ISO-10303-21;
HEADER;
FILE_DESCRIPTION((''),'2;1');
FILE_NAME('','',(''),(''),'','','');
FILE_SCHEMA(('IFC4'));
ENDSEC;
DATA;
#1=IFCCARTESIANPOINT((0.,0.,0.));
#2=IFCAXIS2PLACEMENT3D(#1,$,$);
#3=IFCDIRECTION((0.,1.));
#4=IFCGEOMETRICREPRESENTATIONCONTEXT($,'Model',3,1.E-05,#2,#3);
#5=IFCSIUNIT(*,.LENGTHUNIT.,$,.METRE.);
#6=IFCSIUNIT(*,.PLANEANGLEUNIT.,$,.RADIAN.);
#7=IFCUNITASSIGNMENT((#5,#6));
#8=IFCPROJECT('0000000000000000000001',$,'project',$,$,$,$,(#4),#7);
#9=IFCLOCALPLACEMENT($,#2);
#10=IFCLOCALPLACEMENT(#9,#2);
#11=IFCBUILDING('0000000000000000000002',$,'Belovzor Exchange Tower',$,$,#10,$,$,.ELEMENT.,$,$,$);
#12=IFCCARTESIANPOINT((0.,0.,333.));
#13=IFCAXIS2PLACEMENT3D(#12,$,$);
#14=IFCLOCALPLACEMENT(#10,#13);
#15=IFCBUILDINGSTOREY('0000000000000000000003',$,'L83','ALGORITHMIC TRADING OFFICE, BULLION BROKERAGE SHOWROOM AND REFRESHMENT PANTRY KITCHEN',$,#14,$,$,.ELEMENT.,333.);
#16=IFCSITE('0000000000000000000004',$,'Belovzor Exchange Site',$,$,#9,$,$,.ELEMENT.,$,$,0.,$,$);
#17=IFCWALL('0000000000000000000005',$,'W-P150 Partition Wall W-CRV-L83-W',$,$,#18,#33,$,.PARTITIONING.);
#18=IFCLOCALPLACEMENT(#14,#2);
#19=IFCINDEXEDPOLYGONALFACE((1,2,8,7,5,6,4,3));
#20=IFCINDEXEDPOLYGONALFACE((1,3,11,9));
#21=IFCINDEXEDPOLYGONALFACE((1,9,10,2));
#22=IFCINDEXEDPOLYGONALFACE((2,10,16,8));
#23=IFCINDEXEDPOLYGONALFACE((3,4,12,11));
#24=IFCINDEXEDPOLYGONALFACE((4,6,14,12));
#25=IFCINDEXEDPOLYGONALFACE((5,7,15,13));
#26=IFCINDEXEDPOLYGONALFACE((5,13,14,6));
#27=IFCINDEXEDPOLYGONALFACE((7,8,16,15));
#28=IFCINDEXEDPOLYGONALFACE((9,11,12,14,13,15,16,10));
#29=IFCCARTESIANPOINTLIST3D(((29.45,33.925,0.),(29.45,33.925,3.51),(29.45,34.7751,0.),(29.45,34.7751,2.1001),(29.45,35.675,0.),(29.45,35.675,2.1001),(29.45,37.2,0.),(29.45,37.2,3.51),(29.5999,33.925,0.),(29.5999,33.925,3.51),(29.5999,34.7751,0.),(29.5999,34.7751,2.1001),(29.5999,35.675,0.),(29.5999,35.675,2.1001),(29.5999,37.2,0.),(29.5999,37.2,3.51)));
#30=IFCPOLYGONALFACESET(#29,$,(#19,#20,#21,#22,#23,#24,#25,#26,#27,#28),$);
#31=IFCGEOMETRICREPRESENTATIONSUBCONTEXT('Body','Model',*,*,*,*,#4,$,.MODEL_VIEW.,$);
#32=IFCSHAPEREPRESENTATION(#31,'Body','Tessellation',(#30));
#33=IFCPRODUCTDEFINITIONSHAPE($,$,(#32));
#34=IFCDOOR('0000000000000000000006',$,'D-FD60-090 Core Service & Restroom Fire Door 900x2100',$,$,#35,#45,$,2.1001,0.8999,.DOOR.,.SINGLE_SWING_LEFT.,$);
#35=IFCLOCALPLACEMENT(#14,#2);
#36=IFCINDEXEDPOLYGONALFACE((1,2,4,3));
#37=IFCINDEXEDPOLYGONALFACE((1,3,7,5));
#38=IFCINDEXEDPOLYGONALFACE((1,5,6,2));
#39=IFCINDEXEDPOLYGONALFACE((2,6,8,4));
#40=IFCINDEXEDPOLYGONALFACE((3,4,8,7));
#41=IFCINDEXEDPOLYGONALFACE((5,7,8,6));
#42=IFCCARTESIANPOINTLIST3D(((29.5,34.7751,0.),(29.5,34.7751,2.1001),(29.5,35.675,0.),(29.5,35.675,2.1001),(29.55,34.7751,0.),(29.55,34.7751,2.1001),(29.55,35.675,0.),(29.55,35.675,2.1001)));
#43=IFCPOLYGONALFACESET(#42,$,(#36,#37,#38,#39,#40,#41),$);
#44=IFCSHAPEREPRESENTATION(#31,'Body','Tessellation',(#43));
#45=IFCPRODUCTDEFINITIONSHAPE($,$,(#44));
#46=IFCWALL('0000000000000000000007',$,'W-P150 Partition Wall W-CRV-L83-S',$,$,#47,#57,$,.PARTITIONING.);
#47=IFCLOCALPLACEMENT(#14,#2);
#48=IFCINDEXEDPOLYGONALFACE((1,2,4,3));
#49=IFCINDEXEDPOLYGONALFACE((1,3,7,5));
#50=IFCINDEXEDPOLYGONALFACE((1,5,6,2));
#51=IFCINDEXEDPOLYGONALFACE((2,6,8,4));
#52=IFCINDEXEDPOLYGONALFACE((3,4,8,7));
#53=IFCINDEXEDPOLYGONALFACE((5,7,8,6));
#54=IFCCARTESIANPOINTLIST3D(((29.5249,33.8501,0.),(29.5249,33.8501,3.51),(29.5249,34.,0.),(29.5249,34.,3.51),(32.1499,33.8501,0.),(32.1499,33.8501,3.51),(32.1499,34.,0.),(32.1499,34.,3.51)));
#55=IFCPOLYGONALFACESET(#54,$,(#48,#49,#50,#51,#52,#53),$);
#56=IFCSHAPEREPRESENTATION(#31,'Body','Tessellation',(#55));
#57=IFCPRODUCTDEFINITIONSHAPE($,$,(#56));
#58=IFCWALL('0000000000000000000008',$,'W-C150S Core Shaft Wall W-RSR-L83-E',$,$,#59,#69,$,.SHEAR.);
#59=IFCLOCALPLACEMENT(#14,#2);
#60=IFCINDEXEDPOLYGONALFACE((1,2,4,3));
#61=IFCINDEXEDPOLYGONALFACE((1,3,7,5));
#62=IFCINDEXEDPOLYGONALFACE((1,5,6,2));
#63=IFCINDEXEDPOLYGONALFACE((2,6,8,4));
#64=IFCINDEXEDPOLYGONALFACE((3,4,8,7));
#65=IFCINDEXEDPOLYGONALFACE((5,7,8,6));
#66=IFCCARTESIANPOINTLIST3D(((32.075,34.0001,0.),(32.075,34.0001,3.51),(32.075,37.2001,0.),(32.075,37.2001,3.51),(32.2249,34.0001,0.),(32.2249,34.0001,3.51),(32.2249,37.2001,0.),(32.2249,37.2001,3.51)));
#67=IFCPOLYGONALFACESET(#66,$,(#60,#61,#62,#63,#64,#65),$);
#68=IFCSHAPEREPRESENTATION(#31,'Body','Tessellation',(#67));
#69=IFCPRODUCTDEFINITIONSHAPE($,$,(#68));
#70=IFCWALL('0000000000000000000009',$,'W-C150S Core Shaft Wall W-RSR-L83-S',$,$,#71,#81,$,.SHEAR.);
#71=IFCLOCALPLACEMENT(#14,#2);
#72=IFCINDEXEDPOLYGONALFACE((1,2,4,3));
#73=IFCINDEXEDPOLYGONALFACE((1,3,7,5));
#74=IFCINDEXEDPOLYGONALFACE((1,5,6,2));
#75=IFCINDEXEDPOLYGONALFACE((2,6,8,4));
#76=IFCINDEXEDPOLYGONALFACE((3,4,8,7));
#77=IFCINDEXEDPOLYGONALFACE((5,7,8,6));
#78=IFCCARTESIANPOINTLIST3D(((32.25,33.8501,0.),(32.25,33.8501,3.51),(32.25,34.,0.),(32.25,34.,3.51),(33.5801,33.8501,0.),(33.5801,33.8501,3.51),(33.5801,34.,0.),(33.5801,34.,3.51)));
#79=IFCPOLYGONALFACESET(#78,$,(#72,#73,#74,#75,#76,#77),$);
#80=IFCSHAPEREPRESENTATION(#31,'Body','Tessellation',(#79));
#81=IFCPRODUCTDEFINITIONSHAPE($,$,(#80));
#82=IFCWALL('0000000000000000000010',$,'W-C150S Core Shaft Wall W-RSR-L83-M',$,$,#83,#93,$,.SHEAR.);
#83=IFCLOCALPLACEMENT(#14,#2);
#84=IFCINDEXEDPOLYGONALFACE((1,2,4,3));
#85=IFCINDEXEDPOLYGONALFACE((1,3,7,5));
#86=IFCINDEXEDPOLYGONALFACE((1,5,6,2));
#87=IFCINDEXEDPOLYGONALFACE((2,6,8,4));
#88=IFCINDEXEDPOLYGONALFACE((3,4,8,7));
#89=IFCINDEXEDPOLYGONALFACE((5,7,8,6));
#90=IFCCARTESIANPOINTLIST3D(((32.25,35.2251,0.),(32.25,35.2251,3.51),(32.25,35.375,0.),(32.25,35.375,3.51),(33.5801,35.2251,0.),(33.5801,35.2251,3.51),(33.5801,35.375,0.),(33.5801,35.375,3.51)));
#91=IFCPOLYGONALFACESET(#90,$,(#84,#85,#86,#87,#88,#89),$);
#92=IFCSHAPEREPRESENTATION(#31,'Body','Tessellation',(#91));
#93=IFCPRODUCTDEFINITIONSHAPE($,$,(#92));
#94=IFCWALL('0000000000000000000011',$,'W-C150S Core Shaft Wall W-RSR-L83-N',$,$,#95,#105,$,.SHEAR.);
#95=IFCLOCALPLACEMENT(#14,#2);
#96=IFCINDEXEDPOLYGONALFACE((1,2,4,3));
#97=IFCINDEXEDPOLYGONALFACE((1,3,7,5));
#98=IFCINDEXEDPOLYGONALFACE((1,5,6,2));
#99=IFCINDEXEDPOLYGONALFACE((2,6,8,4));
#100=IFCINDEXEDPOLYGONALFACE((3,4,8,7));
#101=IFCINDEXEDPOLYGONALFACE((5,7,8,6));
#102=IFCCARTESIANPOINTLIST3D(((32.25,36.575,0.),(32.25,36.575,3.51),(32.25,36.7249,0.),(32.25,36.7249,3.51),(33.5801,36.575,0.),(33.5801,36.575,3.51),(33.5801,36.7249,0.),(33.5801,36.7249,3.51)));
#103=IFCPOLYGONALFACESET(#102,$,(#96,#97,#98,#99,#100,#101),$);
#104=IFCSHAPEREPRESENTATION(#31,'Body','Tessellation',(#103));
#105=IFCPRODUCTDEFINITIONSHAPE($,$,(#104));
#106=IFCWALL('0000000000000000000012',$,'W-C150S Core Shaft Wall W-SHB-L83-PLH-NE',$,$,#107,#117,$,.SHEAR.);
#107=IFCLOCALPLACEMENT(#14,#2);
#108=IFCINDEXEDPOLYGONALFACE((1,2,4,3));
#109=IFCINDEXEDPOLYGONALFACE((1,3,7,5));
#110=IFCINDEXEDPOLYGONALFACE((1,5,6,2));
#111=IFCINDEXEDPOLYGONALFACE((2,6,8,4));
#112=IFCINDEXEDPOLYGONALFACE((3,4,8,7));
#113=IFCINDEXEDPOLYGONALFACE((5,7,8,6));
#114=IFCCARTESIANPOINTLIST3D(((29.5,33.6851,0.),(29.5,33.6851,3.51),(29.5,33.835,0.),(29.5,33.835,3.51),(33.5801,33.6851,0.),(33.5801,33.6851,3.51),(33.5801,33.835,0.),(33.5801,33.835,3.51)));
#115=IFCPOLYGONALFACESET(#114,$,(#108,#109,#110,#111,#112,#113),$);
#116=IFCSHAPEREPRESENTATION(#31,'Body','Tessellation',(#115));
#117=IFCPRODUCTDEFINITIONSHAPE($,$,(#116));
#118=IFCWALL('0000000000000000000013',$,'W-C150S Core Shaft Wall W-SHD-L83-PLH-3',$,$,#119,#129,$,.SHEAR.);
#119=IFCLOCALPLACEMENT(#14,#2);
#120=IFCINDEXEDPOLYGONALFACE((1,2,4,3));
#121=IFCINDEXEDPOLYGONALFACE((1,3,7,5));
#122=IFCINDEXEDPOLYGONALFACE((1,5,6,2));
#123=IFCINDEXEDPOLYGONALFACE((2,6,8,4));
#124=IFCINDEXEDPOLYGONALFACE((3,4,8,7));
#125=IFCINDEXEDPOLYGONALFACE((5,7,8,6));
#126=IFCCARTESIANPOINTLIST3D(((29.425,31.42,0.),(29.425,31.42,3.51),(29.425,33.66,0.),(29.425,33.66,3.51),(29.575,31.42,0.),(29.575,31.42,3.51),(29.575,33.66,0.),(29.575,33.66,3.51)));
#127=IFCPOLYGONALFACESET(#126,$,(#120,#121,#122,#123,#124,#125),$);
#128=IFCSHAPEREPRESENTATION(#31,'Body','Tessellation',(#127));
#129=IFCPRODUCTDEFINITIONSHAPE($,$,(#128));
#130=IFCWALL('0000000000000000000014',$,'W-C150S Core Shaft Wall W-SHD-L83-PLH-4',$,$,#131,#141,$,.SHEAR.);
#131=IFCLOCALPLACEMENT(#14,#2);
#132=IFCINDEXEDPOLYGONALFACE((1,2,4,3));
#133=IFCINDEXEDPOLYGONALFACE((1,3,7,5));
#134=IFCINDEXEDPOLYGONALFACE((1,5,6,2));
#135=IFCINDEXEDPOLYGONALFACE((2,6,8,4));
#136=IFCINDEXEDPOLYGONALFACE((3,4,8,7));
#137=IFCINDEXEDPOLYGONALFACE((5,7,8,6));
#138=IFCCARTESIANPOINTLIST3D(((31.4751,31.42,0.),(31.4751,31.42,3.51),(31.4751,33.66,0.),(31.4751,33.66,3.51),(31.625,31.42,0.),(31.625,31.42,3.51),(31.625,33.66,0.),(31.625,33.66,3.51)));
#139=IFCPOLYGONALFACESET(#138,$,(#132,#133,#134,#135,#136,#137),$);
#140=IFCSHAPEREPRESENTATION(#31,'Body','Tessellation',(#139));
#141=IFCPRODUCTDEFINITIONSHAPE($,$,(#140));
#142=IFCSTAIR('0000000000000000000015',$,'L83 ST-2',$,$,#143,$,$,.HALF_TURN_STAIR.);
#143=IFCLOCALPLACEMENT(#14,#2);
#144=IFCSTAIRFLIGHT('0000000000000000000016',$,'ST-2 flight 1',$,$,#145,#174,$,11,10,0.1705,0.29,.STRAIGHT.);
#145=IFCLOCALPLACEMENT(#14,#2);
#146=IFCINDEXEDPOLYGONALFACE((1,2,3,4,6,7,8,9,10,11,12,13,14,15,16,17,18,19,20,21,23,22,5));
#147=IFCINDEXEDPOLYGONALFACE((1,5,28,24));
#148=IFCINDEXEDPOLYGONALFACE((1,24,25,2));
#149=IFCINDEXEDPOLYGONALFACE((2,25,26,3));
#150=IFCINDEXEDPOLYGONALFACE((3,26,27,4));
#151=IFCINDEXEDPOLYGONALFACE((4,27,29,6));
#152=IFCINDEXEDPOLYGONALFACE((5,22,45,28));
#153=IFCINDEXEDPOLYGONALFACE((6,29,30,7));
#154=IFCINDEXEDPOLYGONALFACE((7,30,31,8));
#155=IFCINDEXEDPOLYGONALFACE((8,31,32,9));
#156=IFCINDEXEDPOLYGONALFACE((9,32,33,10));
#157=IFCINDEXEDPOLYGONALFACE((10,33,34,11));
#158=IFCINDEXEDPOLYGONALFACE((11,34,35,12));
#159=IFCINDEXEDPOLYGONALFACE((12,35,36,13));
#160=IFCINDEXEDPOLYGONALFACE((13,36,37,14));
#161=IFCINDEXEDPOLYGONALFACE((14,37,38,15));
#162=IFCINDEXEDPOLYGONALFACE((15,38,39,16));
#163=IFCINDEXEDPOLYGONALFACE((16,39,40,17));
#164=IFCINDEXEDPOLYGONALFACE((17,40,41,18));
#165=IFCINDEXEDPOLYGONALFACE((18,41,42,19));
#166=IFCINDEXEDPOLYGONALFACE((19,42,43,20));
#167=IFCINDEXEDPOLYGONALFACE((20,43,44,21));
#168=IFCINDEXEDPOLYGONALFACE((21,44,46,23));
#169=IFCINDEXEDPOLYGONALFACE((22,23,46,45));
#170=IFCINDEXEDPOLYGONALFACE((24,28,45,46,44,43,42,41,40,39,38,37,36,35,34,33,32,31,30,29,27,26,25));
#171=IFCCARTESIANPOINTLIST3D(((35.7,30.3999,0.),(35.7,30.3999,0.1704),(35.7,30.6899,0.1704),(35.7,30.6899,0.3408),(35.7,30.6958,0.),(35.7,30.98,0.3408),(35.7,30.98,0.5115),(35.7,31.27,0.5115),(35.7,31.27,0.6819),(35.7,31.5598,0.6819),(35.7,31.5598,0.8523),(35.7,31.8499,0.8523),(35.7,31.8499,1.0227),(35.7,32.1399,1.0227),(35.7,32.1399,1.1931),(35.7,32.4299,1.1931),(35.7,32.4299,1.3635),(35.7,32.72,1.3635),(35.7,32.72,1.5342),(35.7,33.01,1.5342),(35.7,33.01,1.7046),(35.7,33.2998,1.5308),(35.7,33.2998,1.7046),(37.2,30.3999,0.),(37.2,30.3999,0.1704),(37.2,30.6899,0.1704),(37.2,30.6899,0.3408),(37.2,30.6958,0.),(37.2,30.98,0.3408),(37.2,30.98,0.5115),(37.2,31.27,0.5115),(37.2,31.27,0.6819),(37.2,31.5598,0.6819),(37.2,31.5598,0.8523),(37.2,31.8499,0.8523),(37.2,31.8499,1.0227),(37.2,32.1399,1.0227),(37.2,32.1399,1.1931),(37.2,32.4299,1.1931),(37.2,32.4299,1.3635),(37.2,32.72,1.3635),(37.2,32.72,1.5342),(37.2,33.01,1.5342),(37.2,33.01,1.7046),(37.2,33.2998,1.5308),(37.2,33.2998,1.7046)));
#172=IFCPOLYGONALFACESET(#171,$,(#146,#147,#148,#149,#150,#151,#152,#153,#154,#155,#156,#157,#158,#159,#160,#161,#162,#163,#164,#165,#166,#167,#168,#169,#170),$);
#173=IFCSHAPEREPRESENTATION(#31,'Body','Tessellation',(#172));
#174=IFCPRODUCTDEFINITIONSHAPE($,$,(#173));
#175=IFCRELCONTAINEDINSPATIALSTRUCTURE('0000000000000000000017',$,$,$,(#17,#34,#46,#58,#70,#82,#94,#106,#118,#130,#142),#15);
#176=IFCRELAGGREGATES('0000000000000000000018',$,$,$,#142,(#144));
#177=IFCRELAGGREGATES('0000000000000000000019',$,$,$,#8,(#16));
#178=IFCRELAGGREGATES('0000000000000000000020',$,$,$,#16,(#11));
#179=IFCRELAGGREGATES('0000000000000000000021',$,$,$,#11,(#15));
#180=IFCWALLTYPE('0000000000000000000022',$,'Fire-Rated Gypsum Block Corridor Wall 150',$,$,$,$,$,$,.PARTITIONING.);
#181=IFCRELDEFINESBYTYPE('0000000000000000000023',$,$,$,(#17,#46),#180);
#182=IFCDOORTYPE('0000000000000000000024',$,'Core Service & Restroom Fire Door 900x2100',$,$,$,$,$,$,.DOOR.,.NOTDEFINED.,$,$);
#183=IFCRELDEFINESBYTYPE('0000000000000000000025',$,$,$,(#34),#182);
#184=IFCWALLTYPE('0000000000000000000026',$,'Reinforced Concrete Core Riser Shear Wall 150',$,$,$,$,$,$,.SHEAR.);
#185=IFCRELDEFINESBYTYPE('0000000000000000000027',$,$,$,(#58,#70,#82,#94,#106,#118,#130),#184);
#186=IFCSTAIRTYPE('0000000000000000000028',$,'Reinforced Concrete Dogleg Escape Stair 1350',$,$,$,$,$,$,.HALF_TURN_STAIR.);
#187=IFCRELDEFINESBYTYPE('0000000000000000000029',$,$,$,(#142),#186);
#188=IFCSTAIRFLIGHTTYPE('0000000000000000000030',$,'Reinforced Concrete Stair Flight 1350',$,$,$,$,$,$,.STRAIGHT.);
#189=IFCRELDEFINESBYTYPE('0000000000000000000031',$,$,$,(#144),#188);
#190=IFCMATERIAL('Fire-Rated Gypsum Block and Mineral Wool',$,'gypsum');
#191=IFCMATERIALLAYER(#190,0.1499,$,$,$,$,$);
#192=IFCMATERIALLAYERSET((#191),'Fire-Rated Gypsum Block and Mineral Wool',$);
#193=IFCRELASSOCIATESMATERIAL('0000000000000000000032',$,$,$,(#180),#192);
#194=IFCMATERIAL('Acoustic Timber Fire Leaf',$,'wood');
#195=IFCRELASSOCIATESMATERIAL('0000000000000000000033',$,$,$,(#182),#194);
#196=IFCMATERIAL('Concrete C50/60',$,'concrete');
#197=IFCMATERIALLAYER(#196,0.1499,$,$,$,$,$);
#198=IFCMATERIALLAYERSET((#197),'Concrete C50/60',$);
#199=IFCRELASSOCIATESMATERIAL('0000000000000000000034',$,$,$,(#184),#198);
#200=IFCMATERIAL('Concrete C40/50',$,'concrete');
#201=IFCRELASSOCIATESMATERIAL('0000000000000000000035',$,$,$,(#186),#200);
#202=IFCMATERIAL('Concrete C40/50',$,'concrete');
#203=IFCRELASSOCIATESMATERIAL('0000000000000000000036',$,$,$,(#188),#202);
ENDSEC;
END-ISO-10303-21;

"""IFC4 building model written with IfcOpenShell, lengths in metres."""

from ifc_helpers import new_model, si_unit, direction, frame, frame_2d, origin, place, context, subcontext, project, spatial, polyline, rectangle, outline, extrude, material, layer, layer_set, type_object, element, fill, aggregate, save


model = new_model("IFC4")

# Units and contexts
model_context = context("Model", 3, precision=1e-05, world=origin(), true_north=direction((0.0, 1.0)))
body_context = subcontext(model_context, "Body", "Model", "MODEL_VIEW")
ifc_project = project(units=[si_unit("LENGTHUNIT", "METRE"), si_unit("PLANEANGLEUNIT", "RADIAN")], contexts=[model_context])

# Site, building, storey
site_placement = place(None, origin())
site = spatial("IfcSite", under=ifc_project, at=site_placement, Name="Belovzor Exchange Site", CompositionType="ELEMENT", RefElevation=0.0)
building_placement = place(site_placement, origin())
building = spatial("IfcBuilding", under=site, at=building_placement, Name="Belovzor Exchange Tower", CompositionType="ELEMENT")
storey_placement = place(building_placement, frame((0.0, 0.0, 333.0)))
storey = spatial("IfcBuildingStorey", under=building, at=storey_placement, Name="L83", Description="ALGORITHMIC TRADING OFFICE, BULLION BROKERAGE SHOWROOM AND REFRESHMENT PANTRY KITCHEN", CompositionType="ELEMENT", Elevation=333.0)

# Wall, opening, door
ifc_material_1 = material(Name="Fire-Rated Gypsum Block and Mineral Wool", Category="gypsum")
ifc_layer_1 = layer(ifc_material_1, 0.1499)
ifc_layer_set_1 = layer_set([ifc_layer_1], Name="Fire-Rated Gypsum Block and Mineral Wool")
wall_type_1 = type_object("IfcWallType", Name="Fire-Rated Gypsum Block Corridor Wall 150", PredefinedType="PARTITIONING", material=ifc_layer_set_1)
wall_1_placement = place(storey_placement, frame((29.5249, 33.925, 0.0), z_axis=(0.0, 0.0, 1.0), x_axis=(0.0, 1.0, 0.0)))
wall_1 = element("IfcWall", 1, at=wall_1_placement, inside=storey, type_object=wall_type_1, Name="W-P150 Partition Wall W-CRV-L83-W", PredefinedType="PARTITIONING", context=body_context, shape_type="SweptSolid", body=[
    extrude(rectangle(XDim=3.2749, YDim=0.1499, at=frame_2d((1.6375, 0.0))), origin(), (0.0, 0.0, 1.0), 3.51),
])
opening_1_placement = place(wall_1_placement, frame((0.8501, 0.0, 0.0)))
opening_1 = element("IfcOpeningElement", 2, at=opening_1_placement, cuts=wall_1, PredefinedType="OPENING", context=body_context, shape_type="SweptSolid", body=[
    extrude(rectangle(XDim=0.8999, YDim=2.1001, at=frame_2d((0.45, 1.05))), frame((0.0, 0.085, 0.0), z_axis=(0.0, -1.0, 0.0), x_axis=(1.0, 0.0, 0.0)), (0.0, 0.0, 1.0), 0.1699),
])
ifc_material_2 = material(Name="Acoustic Timber Fire Leaf", Category="wood")
door_type_1 = type_object("IfcDoorType", Name="Core Service & Restroom Fire Door 900x2100", OperationType="NOTDEFINED", PredefinedType="DOOR", material=ifc_material_2)
door_1_placement = place(opening_1_placement, origin())
door_1 = element("IfcDoor", 3, at=door_1_placement, inside=storey, type_object=door_type_1, Name="D-FD60-090 Core Service & Restroom Fire Door 900x2100", OperationType="SINGLE_SWING_LEFT", OverallHeight=2.1001, OverallWidth=0.8999, PredefinedType="DOOR", context=body_context, shape_type="SweptSolid", body=[
    extrude(rectangle(XDim=0.8999, YDim=2.1001, at=frame_2d((0.45, 1.05))), frame((0.0, 0.0249, 0.0), z_axis=(0.0, -1.0, 0.0), x_axis=(1.0, 0.0, 0.0)), (0.0, 0.0, 1.0), 0.05),
])
fill(opening_1, door_1)

# Walls
wall_2_placement = place(storey_placement, frame((29.5249, 33.925, 0.0), z_axis=(0.0, 0.0, 1.0), x_axis=(1.0, 0.0, 0.0)))
element("IfcWall", 4, at=wall_2_placement, inside=storey, type_object=wall_type_1, Name="W-P150 Partition Wall W-CRV-L83-S", PredefinedType="PARTITIONING", context=body_context, shape_type="SweptSolid", body=[
    extrude(rectangle(XDim=2.625, YDim=0.1499, at=frame_2d((1.3125, 0.0))), origin(), (0.0, 0.0, 1.0), 3.51),
])
ifc_material_3 = material(Name="Concrete C50/60", Category="concrete")
ifc_layer_2 = layer(ifc_material_3, 0.1499)
ifc_layer_set_2 = layer_set([ifc_layer_2], Name="Concrete C50/60")
wall_type_2 = type_object("IfcWallType", Name="Reinforced Concrete Core Riser Shear Wall 150", PredefinedType="SHEAR", material=ifc_layer_set_2)
wall_3_placement = place(storey_placement, frame((32.1499, 34.0, 0.0), z_axis=(0.0, 0.0, 1.0), x_axis=(0.0, 1.0, 0.0)))
element("IfcWall", 5, at=wall_3_placement, inside=storey, type_object=wall_type_2, Name="W-C150S Core Shaft Wall W-RSR-L83-E", PredefinedType="SHEAR", context=body_context, shape_type="SweptSolid", body=[
    extrude(rectangle(XDim=3.2, YDim=0.1499, at=frame_2d((1.6001, 0.0))), origin(), (0.0, 0.0, 1.0), 3.51),
])
for number, where, z_axis, x_axis, name in (
    (6, (32.25, 33.925, 0.0), (0.0, 0.0, 1.0), (1.0, 0.0, 0.0), "W-C150S Core Shaft Wall W-RSR-L83-S"),
    (7, (32.25, 35.3, 0.0), (0.0, 0.0, 1.0), (1.0, 0.0, 0.0), "W-C150S Core Shaft Wall W-RSR-L83-M"),
    (8, (32.25, 36.6499, 0.0), (0.0, 0.0, 1.0), (1.0, 0.0, 0.0), "W-C150S Core Shaft Wall W-RSR-L83-N"),
):
    element("IfcWall", number, at=place(storey_placement, frame(where, z_axis=z_axis, x_axis=x_axis)), inside=storey, type_object=wall_type_2, Name=name, PredefinedType="SHEAR", context=body_context, shape_type="SweptSolid", body=[
        extrude(rectangle(XDim=1.3301, YDim=0.1499, at=frame_2d((0.665, 0.0))), origin(), (0.0, 0.0, 1.0), 3.51),
    ])
wall_4_placement = place(storey_placement, frame((29.5, 33.76, 0.0), z_axis=(0.0, 0.0, 1.0), x_axis=(1.0, 0.0, 0.0)))
element("IfcWall", 9, at=wall_4_placement, inside=storey, type_object=wall_type_2, Name="W-C150S Core Shaft Wall W-SHB-L83-PLH-NE", PredefinedType="SHEAR", context=body_context, shape_type="SweptSolid", body=[
    extrude(rectangle(XDim=4.0801, YDim=0.1499, at=frame_2d((2.04, 0.0))), origin(), (0.0, 0.0, 1.0), 3.51),
])
for number, where, z_axis, x_axis, name in (
    (10, (29.5, 31.4199, 0.0), (0.0, 0.0, 1.0), (0.0, 1.0, 0.0), "W-C150S Core Shaft Wall W-SHD-L83-PLH-3"),
    (11, (31.55, 31.4199, 0.0), (0.0, 0.0, 1.0), (0.0, 1.0, 0.0), "W-C150S Core Shaft Wall W-SHD-L83-PLH-4"),
):
    element("IfcWall", number, at=place(storey_placement, frame(where, z_axis=z_axis, x_axis=x_axis)), inside=storey, type_object=wall_type_2, Name=name, PredefinedType="SHEAR", context=body_context, shape_type="SweptSolid", body=[
        extrude(rectangle(XDim=2.24, YDim=0.1499, at=frame_2d((1.1201, 0.0))), origin(), (0.0, 0.0, 1.0), 3.51),
    ])

# Stair, stair flight
ifc_material_4 = material(Name="Concrete C40/50", Category="concrete")
stair_type = type_object("IfcStairType", Name="Reinforced Concrete Dogleg Escape Stair 1350", PredefinedType="HALF_TURN_STAIR", material=ifc_material_4)
stair_placement = place(storey_placement, origin())
stair = element("IfcStair", 12, at=stair_placement, inside=storey, type_object=stair_type, Name="L83 ST-2", PredefinedType="HALF_TURN_STAIR")
ifc_material_5 = material(Name="Concrete C40/50", Category="concrete")
stair_flight_type = type_object("IfcStairFlightType", Name="Reinforced Concrete Stair Flight 1350", PredefinedType="STRAIGHT", material=ifc_material_5)
stair_flight_1_placement = place(storey_placement, frame((36.45, 30.3999, 0.0), z_axis=(0.0, 0.0, 1.0), x_axis=(0.0, 1.0, 0.0)))
stair_flight_1 = element("IfcStairFlight", 13, at=stair_flight_1_placement, type_object=stair_flight_type, Name="ST-2 flight 1", NumberOfRisers=11, NumberOfTreads=10, PredefinedType="STRAIGHT", RiserHeight=0.1705, TreadLength=0.29, context=body_context, shape_type="SweptSolid", body=[
    extrude(outline(polyline([(0.0, 0.0), (0.0, 0.1704), (0.29, 0.1704), (0.29, 0.3408), (0.5801, 0.3408), (0.5801, 0.5115), (0.8701, 0.5115), (0.8701, 0.6819), (1.1599, 0.6819), (1.1599, 0.8523), (1.45, 0.8523), (1.45, 1.0227), (1.74, 1.0227), (1.74, 1.1931), (2.03, 1.1931), (2.03, 1.3635), (2.3201, 1.3635), (2.3201, 1.5342), (2.6101, 1.5342), (2.6101, 1.7046), (2.8999, 1.7046), (2.8999, 1.875), (2.8999, 1.5308), (0.2959, 0.0), (0.0, 0.0)])), frame((0.0, 0.75, 0.0), z_axis=(0.0, -1.0, 0.0), x_axis=(1.0, 0.0, 0.0)), (0.0, 0.0, 1.0), 1.5),
])
aggregate(stair, [stair_flight_1])

save(model, "model.ifc")
